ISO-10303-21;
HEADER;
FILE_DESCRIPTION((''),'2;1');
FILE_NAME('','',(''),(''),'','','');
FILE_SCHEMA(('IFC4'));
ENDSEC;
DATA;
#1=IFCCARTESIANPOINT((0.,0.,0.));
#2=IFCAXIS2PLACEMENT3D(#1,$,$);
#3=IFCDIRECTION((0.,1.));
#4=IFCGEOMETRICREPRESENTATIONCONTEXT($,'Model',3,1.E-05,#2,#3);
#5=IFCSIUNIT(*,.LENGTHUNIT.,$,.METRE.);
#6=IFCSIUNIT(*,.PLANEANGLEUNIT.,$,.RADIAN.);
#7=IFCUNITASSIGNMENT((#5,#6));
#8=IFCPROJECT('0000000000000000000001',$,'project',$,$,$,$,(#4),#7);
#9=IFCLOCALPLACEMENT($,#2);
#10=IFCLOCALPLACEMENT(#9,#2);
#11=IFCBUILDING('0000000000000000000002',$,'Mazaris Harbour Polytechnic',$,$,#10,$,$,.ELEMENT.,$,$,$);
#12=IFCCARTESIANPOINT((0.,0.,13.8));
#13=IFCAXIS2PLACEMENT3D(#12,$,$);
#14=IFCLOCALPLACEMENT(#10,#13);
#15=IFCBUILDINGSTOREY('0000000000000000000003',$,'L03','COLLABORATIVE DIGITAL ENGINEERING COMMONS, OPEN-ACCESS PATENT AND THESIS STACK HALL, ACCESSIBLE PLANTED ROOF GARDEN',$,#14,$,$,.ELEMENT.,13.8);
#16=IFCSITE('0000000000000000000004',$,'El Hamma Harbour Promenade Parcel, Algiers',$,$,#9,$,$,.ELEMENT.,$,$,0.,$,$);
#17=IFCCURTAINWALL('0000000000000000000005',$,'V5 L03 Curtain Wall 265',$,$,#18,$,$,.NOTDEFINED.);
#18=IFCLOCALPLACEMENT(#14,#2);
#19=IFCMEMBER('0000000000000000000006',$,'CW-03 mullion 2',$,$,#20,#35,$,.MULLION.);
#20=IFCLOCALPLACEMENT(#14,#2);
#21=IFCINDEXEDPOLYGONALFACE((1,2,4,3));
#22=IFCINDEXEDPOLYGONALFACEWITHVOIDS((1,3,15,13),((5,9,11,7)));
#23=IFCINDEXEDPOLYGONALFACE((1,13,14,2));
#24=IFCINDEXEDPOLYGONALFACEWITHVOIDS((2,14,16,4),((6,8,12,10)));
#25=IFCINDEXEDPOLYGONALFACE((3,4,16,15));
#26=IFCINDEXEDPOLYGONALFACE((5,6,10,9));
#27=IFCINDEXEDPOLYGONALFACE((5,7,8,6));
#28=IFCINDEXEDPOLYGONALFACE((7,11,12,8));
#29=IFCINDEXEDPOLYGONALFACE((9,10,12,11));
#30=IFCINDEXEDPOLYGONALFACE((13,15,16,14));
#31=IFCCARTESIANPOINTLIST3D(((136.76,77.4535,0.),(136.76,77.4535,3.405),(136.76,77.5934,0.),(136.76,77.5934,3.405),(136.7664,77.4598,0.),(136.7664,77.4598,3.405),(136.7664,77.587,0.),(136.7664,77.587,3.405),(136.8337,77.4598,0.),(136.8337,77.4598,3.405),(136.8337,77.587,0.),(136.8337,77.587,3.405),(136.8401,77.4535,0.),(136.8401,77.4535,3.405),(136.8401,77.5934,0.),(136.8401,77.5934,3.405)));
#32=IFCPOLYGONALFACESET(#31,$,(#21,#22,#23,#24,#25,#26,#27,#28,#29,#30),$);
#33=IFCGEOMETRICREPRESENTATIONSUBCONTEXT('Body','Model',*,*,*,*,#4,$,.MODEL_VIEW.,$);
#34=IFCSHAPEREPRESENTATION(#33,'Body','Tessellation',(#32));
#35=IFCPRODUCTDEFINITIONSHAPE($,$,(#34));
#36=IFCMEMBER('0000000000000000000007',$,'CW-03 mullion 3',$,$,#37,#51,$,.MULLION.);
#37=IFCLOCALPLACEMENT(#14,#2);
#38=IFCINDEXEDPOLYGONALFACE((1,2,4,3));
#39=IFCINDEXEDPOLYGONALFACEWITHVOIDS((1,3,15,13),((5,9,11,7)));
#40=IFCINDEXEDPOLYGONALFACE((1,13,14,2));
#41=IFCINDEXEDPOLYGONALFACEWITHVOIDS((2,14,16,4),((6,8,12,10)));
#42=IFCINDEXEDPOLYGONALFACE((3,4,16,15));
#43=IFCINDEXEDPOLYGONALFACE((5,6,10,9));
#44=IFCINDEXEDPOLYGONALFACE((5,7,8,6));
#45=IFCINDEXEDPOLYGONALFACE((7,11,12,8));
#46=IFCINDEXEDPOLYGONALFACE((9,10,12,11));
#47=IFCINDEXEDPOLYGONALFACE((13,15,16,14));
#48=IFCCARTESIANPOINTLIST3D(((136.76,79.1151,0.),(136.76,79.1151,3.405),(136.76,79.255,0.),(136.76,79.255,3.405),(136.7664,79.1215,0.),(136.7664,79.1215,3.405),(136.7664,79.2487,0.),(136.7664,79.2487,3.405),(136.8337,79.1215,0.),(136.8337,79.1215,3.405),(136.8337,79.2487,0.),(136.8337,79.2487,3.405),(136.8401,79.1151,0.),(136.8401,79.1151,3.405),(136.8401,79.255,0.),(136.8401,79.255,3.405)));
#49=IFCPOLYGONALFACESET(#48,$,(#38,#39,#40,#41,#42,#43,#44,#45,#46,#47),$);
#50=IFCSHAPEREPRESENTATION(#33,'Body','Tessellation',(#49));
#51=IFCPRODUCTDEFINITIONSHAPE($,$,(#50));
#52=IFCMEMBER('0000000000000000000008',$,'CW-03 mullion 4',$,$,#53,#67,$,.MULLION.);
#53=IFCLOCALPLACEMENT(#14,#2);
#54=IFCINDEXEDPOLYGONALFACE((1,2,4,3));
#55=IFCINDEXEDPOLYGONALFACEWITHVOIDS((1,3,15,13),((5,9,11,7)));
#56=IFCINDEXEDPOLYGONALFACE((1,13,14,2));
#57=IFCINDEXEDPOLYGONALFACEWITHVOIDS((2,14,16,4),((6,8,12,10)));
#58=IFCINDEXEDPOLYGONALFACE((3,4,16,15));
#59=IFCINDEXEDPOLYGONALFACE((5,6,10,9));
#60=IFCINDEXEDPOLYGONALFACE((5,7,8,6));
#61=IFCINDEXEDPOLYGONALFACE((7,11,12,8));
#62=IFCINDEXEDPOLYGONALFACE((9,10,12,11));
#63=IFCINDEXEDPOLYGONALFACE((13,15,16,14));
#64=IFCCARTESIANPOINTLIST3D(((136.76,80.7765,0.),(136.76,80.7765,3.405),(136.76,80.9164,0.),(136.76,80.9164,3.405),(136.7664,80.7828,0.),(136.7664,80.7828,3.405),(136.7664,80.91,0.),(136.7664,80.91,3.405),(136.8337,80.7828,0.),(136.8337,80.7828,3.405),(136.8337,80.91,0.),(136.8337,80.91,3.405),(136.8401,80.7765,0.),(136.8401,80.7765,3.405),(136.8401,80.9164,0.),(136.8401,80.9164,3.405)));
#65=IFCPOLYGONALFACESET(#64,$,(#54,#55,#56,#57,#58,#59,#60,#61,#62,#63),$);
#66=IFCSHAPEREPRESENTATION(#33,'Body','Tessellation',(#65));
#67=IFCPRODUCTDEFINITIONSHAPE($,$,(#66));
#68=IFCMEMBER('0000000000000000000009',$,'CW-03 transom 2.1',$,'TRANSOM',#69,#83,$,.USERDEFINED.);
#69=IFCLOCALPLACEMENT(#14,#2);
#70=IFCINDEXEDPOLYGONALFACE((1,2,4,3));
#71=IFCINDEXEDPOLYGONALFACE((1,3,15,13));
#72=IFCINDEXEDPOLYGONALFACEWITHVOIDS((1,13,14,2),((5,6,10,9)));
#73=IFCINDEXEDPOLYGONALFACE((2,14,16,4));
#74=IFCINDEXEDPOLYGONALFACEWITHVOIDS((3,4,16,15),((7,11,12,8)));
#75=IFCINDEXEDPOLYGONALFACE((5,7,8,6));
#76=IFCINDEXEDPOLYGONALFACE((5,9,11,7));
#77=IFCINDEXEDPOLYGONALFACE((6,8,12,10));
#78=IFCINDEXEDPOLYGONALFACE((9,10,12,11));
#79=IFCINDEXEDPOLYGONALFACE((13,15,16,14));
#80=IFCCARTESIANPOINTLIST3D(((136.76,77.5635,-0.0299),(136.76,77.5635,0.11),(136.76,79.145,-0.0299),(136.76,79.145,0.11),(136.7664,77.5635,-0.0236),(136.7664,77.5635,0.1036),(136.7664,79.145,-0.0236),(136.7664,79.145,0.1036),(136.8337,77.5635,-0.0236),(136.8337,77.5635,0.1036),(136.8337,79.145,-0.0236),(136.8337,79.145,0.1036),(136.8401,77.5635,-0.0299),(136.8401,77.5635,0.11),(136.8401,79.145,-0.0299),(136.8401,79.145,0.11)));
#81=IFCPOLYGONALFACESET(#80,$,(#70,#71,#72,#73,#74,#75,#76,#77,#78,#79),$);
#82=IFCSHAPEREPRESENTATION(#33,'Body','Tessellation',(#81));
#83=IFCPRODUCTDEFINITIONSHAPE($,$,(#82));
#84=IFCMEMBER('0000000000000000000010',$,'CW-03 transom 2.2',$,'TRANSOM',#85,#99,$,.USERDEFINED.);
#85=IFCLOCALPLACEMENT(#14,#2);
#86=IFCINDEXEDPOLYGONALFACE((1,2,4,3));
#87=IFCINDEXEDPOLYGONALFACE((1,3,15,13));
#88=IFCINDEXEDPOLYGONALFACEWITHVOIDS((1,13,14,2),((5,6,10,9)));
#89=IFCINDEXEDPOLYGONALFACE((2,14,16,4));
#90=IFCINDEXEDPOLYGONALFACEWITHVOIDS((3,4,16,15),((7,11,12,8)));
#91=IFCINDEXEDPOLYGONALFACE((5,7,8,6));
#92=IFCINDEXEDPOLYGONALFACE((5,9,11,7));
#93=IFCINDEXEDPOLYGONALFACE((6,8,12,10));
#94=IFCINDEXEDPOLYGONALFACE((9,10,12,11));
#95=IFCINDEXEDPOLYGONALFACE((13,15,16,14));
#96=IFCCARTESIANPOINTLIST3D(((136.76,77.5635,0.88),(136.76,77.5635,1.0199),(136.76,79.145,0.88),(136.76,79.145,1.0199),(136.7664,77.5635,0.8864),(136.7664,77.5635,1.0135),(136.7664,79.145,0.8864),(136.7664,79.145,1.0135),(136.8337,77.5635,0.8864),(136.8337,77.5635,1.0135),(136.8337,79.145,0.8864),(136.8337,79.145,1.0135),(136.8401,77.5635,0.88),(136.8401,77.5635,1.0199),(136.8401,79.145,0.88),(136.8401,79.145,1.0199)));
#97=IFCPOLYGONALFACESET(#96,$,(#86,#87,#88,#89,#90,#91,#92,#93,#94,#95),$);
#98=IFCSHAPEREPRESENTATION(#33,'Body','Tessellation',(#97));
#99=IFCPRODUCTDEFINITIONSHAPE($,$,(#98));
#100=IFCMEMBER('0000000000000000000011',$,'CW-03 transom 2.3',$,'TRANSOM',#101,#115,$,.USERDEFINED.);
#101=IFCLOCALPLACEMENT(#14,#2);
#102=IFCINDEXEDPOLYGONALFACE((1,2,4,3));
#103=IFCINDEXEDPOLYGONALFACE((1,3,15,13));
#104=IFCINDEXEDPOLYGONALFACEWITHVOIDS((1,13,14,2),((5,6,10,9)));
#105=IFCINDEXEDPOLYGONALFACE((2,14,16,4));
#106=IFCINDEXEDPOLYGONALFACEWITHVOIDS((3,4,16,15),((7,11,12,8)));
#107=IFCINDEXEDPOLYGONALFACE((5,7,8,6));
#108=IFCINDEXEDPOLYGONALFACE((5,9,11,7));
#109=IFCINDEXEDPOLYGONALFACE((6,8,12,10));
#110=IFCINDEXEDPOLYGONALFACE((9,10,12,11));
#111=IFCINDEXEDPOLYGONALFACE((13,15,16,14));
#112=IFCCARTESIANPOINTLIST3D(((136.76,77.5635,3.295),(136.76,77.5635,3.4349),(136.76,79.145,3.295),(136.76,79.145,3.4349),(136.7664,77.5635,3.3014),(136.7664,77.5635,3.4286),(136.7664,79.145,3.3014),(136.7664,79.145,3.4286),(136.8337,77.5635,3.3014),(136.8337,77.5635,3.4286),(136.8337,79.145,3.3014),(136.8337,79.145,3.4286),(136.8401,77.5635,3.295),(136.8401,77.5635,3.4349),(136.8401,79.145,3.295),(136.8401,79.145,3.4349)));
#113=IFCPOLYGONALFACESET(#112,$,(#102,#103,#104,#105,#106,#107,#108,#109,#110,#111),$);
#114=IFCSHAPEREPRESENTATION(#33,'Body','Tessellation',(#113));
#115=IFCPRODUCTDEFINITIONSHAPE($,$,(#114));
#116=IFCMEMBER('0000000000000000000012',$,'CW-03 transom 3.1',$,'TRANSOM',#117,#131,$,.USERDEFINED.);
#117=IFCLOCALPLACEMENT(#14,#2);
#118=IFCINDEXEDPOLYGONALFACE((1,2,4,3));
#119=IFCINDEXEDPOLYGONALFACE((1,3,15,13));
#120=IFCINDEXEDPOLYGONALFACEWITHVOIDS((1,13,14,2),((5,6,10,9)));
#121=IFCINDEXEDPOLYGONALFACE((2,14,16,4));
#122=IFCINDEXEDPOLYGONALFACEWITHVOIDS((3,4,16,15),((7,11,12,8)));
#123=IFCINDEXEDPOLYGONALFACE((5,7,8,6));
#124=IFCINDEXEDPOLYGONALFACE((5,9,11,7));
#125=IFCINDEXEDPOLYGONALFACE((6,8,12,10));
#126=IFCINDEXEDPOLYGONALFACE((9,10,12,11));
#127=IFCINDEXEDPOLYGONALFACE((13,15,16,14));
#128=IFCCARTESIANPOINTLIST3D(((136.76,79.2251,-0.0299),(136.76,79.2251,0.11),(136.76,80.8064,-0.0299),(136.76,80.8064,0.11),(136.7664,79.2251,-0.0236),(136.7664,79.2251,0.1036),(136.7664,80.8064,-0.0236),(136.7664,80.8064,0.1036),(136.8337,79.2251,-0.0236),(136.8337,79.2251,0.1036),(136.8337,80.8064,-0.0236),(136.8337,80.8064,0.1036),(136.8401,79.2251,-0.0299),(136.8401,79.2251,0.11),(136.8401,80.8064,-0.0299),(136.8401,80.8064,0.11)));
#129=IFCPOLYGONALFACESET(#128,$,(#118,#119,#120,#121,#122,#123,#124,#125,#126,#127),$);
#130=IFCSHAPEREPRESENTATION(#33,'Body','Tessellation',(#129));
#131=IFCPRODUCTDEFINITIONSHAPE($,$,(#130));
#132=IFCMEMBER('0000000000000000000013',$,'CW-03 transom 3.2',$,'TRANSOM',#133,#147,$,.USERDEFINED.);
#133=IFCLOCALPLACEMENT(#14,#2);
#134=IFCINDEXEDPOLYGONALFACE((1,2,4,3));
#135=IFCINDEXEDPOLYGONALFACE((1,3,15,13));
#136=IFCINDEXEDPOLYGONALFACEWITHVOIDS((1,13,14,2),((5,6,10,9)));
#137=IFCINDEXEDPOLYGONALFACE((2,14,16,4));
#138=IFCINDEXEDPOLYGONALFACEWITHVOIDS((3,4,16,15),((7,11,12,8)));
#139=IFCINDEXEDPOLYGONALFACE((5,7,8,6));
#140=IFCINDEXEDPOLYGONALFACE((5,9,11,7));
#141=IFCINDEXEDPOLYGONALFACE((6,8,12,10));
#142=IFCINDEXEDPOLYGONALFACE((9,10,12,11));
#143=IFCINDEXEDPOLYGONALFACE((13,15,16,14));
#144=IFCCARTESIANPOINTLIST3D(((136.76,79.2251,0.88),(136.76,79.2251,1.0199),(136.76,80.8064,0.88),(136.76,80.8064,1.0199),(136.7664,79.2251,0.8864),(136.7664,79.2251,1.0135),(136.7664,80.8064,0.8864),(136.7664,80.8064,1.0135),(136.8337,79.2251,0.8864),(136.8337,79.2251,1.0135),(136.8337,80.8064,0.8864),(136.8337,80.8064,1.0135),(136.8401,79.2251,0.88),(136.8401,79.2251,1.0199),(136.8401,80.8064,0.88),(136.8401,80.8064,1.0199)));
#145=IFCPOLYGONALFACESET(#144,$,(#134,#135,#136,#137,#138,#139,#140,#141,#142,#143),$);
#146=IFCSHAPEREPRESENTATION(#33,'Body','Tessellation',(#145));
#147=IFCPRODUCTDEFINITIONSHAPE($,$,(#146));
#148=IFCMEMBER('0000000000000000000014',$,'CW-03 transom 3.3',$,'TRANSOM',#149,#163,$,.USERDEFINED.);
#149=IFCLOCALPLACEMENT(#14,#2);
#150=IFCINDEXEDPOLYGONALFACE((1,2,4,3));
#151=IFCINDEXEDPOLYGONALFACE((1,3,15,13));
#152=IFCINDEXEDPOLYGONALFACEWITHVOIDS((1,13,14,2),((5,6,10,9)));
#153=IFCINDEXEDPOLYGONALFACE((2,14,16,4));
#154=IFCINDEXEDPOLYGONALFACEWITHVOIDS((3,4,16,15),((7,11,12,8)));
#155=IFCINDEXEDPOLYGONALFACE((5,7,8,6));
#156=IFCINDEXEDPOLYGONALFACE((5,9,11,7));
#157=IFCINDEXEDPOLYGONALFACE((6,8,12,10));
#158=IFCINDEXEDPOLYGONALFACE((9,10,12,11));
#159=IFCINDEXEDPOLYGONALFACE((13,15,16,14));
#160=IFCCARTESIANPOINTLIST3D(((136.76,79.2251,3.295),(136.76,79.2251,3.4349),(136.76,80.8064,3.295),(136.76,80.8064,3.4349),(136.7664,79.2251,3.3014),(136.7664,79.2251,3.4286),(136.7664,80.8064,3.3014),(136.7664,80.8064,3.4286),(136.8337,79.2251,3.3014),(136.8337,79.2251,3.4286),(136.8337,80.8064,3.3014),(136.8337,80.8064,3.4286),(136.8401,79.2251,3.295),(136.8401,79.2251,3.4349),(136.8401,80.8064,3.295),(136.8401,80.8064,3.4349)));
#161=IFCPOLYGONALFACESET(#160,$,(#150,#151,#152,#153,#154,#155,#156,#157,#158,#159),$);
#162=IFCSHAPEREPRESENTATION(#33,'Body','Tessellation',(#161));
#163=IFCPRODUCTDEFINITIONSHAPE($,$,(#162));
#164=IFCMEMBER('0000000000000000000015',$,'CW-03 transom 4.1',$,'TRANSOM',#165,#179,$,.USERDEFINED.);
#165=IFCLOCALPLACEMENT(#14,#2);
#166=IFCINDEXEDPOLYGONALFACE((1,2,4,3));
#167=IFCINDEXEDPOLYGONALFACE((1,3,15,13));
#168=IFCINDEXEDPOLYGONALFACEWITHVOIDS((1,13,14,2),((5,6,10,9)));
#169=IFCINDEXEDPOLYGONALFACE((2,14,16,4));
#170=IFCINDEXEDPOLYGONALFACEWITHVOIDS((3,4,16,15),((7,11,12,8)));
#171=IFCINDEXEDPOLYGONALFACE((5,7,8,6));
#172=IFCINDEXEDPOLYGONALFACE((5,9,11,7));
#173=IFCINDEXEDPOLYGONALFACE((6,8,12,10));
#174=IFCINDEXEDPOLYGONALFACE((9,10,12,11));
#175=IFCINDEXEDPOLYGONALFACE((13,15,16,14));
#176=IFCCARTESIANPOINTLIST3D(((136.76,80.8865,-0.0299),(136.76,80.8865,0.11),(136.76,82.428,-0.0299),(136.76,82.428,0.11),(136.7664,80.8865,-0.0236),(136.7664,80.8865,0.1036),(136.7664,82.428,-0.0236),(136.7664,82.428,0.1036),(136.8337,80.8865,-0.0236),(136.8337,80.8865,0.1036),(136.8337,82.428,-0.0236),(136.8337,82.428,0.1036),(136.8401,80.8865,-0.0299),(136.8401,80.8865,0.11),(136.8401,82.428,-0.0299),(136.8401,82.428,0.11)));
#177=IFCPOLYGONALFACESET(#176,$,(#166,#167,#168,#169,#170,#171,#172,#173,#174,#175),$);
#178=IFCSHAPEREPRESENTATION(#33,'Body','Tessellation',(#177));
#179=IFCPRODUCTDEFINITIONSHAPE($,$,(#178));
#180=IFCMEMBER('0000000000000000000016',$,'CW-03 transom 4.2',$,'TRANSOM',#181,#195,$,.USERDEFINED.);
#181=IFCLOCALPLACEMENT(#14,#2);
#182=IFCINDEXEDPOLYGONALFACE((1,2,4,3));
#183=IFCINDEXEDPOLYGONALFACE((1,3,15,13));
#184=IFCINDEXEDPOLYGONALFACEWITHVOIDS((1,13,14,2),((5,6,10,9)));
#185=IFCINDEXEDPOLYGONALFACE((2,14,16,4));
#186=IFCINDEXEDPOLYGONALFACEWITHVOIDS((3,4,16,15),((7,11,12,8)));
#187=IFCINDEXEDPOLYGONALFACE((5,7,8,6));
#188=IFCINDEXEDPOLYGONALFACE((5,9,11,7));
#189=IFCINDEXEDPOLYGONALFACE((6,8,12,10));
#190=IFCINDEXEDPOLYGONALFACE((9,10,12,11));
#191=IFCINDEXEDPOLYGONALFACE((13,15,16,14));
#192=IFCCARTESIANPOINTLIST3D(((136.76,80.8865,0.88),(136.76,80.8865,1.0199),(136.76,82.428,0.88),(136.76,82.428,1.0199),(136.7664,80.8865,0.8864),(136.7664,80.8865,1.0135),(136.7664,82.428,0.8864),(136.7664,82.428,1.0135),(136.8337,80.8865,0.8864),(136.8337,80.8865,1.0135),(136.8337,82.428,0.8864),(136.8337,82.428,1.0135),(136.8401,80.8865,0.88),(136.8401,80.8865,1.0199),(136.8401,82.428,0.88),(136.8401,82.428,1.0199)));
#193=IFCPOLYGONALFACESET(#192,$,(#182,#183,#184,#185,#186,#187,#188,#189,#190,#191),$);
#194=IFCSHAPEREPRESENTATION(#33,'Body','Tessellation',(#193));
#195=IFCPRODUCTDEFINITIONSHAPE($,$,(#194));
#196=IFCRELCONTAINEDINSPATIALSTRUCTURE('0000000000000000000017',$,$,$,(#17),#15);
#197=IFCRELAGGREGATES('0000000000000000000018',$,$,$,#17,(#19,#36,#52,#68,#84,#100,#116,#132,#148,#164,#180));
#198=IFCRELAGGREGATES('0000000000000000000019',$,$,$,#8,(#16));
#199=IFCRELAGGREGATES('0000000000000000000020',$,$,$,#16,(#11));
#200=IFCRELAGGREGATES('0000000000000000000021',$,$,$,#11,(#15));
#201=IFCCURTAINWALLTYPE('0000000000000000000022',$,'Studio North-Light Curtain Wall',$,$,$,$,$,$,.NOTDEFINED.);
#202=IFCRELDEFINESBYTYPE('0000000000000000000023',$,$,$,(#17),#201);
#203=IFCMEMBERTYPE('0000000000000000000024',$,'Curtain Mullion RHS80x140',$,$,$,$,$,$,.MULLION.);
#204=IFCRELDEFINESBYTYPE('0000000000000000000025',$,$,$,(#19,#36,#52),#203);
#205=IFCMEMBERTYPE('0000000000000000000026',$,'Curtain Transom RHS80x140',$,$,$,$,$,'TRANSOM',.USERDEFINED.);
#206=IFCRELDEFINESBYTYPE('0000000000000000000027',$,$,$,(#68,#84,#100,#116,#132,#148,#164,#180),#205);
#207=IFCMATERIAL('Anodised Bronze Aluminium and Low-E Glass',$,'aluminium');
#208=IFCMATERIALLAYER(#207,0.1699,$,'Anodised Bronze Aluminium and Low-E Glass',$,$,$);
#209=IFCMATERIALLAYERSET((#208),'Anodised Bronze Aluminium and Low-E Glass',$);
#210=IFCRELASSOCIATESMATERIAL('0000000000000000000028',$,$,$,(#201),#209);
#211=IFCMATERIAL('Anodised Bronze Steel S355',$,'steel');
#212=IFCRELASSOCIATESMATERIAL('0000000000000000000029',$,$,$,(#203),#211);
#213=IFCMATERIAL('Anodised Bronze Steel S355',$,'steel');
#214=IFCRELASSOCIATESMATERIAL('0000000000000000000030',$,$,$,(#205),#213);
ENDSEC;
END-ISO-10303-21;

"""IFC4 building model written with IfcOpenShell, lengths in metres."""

from ifc_helpers import new_model, si_unit, direction, frame, origin, origin_2d, place, context, subcontext, project, spatial, hollow_rectangle, extrude, material, layer, layer_set, material_profile, profile_set, type_object, element, aggregate, save


model = new_model("IFC4")

# Units and contexts
model_context = context("Model", 3, precision=1e-05, world=origin(), true_north=direction((0.0, 1.0)))
body_context = subcontext(model_context, "Body", "Model", "MODEL_VIEW")
ifc_project = project(units=[si_unit("LENGTHUNIT", "METRE"), si_unit("PLANEANGLEUNIT", "RADIAN")], contexts=[model_context])

# Site, building, storey
site_placement = place(None, origin())
site = spatial("IfcSite", under=ifc_project, at=site_placement, Name="El Hamma Harbour Promenade Parcel, Algiers", CompositionType="ELEMENT", RefElevation=0.0)
building_placement = place(site_placement, origin())
building = spatial("IfcBuilding", under=site, at=building_placement, Name="Mazaris Harbour Polytechnic", CompositionType="ELEMENT")
storey_placement = place(building_placement, frame((0.0, 0.0, 13.8)))
storey = spatial("IfcBuildingStorey", under=building, at=storey_placement, Name="L03", Description="COLLABORATIVE DIGITAL ENGINEERING COMMONS, OPEN-ACCESS PATENT AND THESIS STACK HALL, ACCESSIBLE PLANTED ROOF GARDEN", CompositionType="ELEMENT", Elevation=13.8)

# Curtain wall, members
ifc_material_1 = material(Name="Anodised Bronze Aluminium and Low-E Glass", Category="aluminium")
ifc_layer_1 = layer(ifc_material_1, 0.1699, Name="Anodised Bronze Aluminium and Low-E Glass")
ifc_layer_set_1 = layer_set([ifc_layer_1], Name="Anodised Bronze Aluminium and Low-E Glass")
curtain_wall_type = type_object("IfcCurtainWallType", Name="Studio North-Light Curtain Wall", PredefinedType="NOTDEFINED", material=ifc_layer_set_1)
curtain_wall_placement = place(storey_placement, origin())
curtain_wall = element("IfcCurtainWall", 1, at=curtain_wall_placement, inside=storey, type_object=curtain_wall_type, Name="V5 L03 Curtain Wall 265", PredefinedType="NOTDEFINED")
ifc_material_2 = material(Name="Anodised Bronze Steel S355", Category="steel")
ifc_material_profile_1 = material_profile(ifc_material_2, hollow_rectangle(XDim=0.0801, YDim=0.1399, WallThickness=0.0063, at=origin_2d()), Name="RHS 80x140x6.3")
ifc_profile_set_1 = profile_set([ifc_material_profile_1], Name="Anodised Bronze Steel S355")
member_type_1 = type_object("IfcMemberType", Name="Curtain Mullion RHS80x140", PredefinedType="MULLION", material=ifc_profile_set_1)
member_1_placement = place(storey_placement, frame((136.8, 77.5234, 0.0), z_axis=(0.0, 0.0, 1.0), x_axis=(-1.0, 0.0, 0.0)))
member_1 = element("IfcMember", 2, at=member_1_placement, type_object=member_type_1, Name="CW-03 mullion 2", PredefinedType="MULLION", context=body_context, shape_type="SweptSolid", body=[
    extrude(hollow_rectangle(XDim=0.0801, YDim=0.1399, WallThickness=0.0063, at=origin_2d()), origin(), (0.0, 0.0, 1.0), 3.405),
])
member_2_placement = place(storey_placement, frame((136.8, 79.1851, 0.0), z_axis=(0.0, 0.0, 1.0), x_axis=(-1.0, 0.0, 0.0)))
member_2 = element("IfcMember", 3, at=member_2_placement, type_object=member_type_1, Name="CW-03 mullion 3", PredefinedType="MULLION", context=body_context, shape_type="SweptSolid", body=[
    extrude(hollow_rectangle(XDim=0.0801, YDim=0.1399, WallThickness=0.0063, at=origin_2d()), origin(), (0.0, 0.0, 1.0), 3.405),
])
member_3_placement = place(storey_placement, frame((136.8, 80.8464, 0.0), z_axis=(0.0, 0.0, 1.0), x_axis=(-1.0, 0.0, 0.0)))
member_3 = element("IfcMember", 4, at=member_3_placement, type_object=member_type_1, Name="CW-03 mullion 4", PredefinedType="MULLION", context=body_context, shape_type="SweptSolid", body=[
    extrude(hollow_rectangle(XDim=0.0801, YDim=0.1399, WallThickness=0.0063, at=origin_2d()), origin(), (0.0, 0.0, 1.0), 3.405),
])
ifc_material_3 = material(Name="Anodised Bronze Steel S355", Category="steel")
ifc_material_profile_2 = material_profile(ifc_material_3, hollow_rectangle(XDim=0.0801, YDim=0.1399, WallThickness=0.0063, at=origin_2d()), Name="RHS 80x140x6.3")
ifc_profile_set_2 = profile_set([ifc_material_profile_2], Name="Anodised Bronze Steel S355")
member_type_2 = type_object("IfcMemberType", Name="Curtain Transom RHS80x140", ElementType="TRANSOM", PredefinedType="USERDEFINED", material=ifc_profile_set_2)
member_4_placement = place(storey_placement, frame((136.8, 77.5635, 0.04), z_axis=(0.0, 1.0, 0.0), x_axis=(-1.0, 0.0, 0.0)))
member_4 = element("IfcMember", 5, at=member_4_placement, type_object=member_type_2, Name="CW-03 transom 2.1", ObjectType="TRANSOM", PredefinedType="USERDEFINED", context=body_context, shape_type="SweptSolid", body=[
    extrude(hollow_rectangle(XDim=0.0801, YDim=0.1399, WallThickness=0.0063, at=origin_2d()), origin(), (0.0, 0.0, 1.0), 1.5815),
])
member_5_placement = place(storey_placement, frame((136.8, 77.5635, 0.95), z_axis=(0.0, 1.0, 0.0), x_axis=(-1.0, 0.0, 0.0)))
member_5 = element("IfcMember", 6, at=member_5_placement, type_object=member_type_2, Name="CW-03 transom 2.2", ObjectType="TRANSOM", PredefinedType="USERDEFINED", context=body_context, shape_type="SweptSolid", body=[
    extrude(hollow_rectangle(XDim=0.0801, YDim=0.1399, WallThickness=0.0063, at=origin_2d()), origin(), (0.0, 0.0, 1.0), 1.5815),
])
member_6_placement = place(storey_placement, frame((136.8, 77.5635, 3.365), z_axis=(0.0, 1.0, 0.0), x_axis=(-1.0, 0.0, 0.0)))
member_6 = element("IfcMember", 7, at=member_6_placement, type_object=member_type_2, Name="CW-03 transom 2.3", ObjectType="TRANSOM", PredefinedType="USERDEFINED", context=body_context, shape_type="SweptSolid", body=[
    extrude(hollow_rectangle(XDim=0.0801, YDim=0.1399, WallThickness=0.0063, at=origin_2d()), origin(), (0.0, 0.0, 1.0), 1.5815),
])
member_7_placement = place(storey_placement, frame((136.8, 79.2251, 0.04), z_axis=(0.0, 1.0, 0.0), x_axis=(-1.0, 0.0, 0.0)))
member_7 = element("IfcMember", 8, at=member_7_placement, type_object=member_type_2, Name="CW-03 transom 3.1", ObjectType="TRANSOM", PredefinedType="USERDEFINED", context=body_context, shape_type="SweptSolid", body=[
    extrude(hollow_rectangle(XDim=0.0801, YDim=0.1399, WallThickness=0.0063, at=origin_2d()), origin(), (0.0, 0.0, 1.0), 1.5813),
])
member_8_placement = place(storey_placement, frame((136.8, 79.2251, 0.95), z_axis=(0.0, 1.0, 0.0), x_axis=(-1.0, 0.0, 0.0)))
member_8 = element("IfcMember", 9, at=member_8_placement, type_object=member_type_2, Name="CW-03 transom 3.2", ObjectType="TRANSOM", PredefinedType="USERDEFINED", context=body_context, shape_type="SweptSolid", body=[
    extrude(hollow_rectangle(XDim=0.0801, YDim=0.1399, WallThickness=0.0063, at=origin_2d()), origin(), (0.0, 0.0, 1.0), 1.5813),
])
member_9_placement = place(storey_placement, frame((136.8, 79.2251, 3.365), z_axis=(0.0, 1.0, 0.0), x_axis=(-1.0, 0.0, 0.0)))
member_9 = element("IfcMember", 10, at=member_9_placement, type_object=member_type_2, Name="CW-03 transom 3.3", ObjectType="TRANSOM", PredefinedType="USERDEFINED", context=body_context, shape_type="SweptSolid", body=[
    extrude(hollow_rectangle(XDim=0.0801, YDim=0.1399, WallThickness=0.0063, at=origin_2d()), origin(), (0.0, 0.0, 1.0), 1.5813),
])
member_10_placement = place(storey_placement, frame((136.8, 80.8865, 0.04), z_axis=(0.0, 1.0, 0.0), x_axis=(-1.0, 0.0, 0.0)))
member_10 = element("IfcMember", 11, at=member_10_placement, type_object=member_type_2, Name="CW-03 transom 4.1", ObjectType="TRANSOM", PredefinedType="USERDEFINED", context=body_context, shape_type="SweptSolid", body=[
    extrude(hollow_rectangle(XDim=0.0801, YDim=0.1399, WallThickness=0.0063, at=origin_2d()), origin(), (0.0, 0.0, 1.0), 1.5415),
])
member_11_placement = place(storey_placement, frame((136.8, 80.8865, 0.95), z_axis=(0.0, 1.0, 0.0), x_axis=(-1.0, 0.0, 0.0)))
member_11 = element("IfcMember", 12, at=member_11_placement, type_object=member_type_2, Name="CW-03 transom 4.2", ObjectType="TRANSOM", PredefinedType="USERDEFINED", context=body_context, shape_type="SweptSolid", body=[
    extrude(hollow_rectangle(XDim=0.0801, YDim=0.1399, WallThickness=0.0063, at=origin_2d()), origin(), (0.0, 0.0, 1.0), 1.5415),
])
aggregate(curtain_wall, [member_1, member_2, member_3, member_4, member_5, member_6, member_7, member_8, member_9, member_10, member_11])

save(model, "model.ifc")
